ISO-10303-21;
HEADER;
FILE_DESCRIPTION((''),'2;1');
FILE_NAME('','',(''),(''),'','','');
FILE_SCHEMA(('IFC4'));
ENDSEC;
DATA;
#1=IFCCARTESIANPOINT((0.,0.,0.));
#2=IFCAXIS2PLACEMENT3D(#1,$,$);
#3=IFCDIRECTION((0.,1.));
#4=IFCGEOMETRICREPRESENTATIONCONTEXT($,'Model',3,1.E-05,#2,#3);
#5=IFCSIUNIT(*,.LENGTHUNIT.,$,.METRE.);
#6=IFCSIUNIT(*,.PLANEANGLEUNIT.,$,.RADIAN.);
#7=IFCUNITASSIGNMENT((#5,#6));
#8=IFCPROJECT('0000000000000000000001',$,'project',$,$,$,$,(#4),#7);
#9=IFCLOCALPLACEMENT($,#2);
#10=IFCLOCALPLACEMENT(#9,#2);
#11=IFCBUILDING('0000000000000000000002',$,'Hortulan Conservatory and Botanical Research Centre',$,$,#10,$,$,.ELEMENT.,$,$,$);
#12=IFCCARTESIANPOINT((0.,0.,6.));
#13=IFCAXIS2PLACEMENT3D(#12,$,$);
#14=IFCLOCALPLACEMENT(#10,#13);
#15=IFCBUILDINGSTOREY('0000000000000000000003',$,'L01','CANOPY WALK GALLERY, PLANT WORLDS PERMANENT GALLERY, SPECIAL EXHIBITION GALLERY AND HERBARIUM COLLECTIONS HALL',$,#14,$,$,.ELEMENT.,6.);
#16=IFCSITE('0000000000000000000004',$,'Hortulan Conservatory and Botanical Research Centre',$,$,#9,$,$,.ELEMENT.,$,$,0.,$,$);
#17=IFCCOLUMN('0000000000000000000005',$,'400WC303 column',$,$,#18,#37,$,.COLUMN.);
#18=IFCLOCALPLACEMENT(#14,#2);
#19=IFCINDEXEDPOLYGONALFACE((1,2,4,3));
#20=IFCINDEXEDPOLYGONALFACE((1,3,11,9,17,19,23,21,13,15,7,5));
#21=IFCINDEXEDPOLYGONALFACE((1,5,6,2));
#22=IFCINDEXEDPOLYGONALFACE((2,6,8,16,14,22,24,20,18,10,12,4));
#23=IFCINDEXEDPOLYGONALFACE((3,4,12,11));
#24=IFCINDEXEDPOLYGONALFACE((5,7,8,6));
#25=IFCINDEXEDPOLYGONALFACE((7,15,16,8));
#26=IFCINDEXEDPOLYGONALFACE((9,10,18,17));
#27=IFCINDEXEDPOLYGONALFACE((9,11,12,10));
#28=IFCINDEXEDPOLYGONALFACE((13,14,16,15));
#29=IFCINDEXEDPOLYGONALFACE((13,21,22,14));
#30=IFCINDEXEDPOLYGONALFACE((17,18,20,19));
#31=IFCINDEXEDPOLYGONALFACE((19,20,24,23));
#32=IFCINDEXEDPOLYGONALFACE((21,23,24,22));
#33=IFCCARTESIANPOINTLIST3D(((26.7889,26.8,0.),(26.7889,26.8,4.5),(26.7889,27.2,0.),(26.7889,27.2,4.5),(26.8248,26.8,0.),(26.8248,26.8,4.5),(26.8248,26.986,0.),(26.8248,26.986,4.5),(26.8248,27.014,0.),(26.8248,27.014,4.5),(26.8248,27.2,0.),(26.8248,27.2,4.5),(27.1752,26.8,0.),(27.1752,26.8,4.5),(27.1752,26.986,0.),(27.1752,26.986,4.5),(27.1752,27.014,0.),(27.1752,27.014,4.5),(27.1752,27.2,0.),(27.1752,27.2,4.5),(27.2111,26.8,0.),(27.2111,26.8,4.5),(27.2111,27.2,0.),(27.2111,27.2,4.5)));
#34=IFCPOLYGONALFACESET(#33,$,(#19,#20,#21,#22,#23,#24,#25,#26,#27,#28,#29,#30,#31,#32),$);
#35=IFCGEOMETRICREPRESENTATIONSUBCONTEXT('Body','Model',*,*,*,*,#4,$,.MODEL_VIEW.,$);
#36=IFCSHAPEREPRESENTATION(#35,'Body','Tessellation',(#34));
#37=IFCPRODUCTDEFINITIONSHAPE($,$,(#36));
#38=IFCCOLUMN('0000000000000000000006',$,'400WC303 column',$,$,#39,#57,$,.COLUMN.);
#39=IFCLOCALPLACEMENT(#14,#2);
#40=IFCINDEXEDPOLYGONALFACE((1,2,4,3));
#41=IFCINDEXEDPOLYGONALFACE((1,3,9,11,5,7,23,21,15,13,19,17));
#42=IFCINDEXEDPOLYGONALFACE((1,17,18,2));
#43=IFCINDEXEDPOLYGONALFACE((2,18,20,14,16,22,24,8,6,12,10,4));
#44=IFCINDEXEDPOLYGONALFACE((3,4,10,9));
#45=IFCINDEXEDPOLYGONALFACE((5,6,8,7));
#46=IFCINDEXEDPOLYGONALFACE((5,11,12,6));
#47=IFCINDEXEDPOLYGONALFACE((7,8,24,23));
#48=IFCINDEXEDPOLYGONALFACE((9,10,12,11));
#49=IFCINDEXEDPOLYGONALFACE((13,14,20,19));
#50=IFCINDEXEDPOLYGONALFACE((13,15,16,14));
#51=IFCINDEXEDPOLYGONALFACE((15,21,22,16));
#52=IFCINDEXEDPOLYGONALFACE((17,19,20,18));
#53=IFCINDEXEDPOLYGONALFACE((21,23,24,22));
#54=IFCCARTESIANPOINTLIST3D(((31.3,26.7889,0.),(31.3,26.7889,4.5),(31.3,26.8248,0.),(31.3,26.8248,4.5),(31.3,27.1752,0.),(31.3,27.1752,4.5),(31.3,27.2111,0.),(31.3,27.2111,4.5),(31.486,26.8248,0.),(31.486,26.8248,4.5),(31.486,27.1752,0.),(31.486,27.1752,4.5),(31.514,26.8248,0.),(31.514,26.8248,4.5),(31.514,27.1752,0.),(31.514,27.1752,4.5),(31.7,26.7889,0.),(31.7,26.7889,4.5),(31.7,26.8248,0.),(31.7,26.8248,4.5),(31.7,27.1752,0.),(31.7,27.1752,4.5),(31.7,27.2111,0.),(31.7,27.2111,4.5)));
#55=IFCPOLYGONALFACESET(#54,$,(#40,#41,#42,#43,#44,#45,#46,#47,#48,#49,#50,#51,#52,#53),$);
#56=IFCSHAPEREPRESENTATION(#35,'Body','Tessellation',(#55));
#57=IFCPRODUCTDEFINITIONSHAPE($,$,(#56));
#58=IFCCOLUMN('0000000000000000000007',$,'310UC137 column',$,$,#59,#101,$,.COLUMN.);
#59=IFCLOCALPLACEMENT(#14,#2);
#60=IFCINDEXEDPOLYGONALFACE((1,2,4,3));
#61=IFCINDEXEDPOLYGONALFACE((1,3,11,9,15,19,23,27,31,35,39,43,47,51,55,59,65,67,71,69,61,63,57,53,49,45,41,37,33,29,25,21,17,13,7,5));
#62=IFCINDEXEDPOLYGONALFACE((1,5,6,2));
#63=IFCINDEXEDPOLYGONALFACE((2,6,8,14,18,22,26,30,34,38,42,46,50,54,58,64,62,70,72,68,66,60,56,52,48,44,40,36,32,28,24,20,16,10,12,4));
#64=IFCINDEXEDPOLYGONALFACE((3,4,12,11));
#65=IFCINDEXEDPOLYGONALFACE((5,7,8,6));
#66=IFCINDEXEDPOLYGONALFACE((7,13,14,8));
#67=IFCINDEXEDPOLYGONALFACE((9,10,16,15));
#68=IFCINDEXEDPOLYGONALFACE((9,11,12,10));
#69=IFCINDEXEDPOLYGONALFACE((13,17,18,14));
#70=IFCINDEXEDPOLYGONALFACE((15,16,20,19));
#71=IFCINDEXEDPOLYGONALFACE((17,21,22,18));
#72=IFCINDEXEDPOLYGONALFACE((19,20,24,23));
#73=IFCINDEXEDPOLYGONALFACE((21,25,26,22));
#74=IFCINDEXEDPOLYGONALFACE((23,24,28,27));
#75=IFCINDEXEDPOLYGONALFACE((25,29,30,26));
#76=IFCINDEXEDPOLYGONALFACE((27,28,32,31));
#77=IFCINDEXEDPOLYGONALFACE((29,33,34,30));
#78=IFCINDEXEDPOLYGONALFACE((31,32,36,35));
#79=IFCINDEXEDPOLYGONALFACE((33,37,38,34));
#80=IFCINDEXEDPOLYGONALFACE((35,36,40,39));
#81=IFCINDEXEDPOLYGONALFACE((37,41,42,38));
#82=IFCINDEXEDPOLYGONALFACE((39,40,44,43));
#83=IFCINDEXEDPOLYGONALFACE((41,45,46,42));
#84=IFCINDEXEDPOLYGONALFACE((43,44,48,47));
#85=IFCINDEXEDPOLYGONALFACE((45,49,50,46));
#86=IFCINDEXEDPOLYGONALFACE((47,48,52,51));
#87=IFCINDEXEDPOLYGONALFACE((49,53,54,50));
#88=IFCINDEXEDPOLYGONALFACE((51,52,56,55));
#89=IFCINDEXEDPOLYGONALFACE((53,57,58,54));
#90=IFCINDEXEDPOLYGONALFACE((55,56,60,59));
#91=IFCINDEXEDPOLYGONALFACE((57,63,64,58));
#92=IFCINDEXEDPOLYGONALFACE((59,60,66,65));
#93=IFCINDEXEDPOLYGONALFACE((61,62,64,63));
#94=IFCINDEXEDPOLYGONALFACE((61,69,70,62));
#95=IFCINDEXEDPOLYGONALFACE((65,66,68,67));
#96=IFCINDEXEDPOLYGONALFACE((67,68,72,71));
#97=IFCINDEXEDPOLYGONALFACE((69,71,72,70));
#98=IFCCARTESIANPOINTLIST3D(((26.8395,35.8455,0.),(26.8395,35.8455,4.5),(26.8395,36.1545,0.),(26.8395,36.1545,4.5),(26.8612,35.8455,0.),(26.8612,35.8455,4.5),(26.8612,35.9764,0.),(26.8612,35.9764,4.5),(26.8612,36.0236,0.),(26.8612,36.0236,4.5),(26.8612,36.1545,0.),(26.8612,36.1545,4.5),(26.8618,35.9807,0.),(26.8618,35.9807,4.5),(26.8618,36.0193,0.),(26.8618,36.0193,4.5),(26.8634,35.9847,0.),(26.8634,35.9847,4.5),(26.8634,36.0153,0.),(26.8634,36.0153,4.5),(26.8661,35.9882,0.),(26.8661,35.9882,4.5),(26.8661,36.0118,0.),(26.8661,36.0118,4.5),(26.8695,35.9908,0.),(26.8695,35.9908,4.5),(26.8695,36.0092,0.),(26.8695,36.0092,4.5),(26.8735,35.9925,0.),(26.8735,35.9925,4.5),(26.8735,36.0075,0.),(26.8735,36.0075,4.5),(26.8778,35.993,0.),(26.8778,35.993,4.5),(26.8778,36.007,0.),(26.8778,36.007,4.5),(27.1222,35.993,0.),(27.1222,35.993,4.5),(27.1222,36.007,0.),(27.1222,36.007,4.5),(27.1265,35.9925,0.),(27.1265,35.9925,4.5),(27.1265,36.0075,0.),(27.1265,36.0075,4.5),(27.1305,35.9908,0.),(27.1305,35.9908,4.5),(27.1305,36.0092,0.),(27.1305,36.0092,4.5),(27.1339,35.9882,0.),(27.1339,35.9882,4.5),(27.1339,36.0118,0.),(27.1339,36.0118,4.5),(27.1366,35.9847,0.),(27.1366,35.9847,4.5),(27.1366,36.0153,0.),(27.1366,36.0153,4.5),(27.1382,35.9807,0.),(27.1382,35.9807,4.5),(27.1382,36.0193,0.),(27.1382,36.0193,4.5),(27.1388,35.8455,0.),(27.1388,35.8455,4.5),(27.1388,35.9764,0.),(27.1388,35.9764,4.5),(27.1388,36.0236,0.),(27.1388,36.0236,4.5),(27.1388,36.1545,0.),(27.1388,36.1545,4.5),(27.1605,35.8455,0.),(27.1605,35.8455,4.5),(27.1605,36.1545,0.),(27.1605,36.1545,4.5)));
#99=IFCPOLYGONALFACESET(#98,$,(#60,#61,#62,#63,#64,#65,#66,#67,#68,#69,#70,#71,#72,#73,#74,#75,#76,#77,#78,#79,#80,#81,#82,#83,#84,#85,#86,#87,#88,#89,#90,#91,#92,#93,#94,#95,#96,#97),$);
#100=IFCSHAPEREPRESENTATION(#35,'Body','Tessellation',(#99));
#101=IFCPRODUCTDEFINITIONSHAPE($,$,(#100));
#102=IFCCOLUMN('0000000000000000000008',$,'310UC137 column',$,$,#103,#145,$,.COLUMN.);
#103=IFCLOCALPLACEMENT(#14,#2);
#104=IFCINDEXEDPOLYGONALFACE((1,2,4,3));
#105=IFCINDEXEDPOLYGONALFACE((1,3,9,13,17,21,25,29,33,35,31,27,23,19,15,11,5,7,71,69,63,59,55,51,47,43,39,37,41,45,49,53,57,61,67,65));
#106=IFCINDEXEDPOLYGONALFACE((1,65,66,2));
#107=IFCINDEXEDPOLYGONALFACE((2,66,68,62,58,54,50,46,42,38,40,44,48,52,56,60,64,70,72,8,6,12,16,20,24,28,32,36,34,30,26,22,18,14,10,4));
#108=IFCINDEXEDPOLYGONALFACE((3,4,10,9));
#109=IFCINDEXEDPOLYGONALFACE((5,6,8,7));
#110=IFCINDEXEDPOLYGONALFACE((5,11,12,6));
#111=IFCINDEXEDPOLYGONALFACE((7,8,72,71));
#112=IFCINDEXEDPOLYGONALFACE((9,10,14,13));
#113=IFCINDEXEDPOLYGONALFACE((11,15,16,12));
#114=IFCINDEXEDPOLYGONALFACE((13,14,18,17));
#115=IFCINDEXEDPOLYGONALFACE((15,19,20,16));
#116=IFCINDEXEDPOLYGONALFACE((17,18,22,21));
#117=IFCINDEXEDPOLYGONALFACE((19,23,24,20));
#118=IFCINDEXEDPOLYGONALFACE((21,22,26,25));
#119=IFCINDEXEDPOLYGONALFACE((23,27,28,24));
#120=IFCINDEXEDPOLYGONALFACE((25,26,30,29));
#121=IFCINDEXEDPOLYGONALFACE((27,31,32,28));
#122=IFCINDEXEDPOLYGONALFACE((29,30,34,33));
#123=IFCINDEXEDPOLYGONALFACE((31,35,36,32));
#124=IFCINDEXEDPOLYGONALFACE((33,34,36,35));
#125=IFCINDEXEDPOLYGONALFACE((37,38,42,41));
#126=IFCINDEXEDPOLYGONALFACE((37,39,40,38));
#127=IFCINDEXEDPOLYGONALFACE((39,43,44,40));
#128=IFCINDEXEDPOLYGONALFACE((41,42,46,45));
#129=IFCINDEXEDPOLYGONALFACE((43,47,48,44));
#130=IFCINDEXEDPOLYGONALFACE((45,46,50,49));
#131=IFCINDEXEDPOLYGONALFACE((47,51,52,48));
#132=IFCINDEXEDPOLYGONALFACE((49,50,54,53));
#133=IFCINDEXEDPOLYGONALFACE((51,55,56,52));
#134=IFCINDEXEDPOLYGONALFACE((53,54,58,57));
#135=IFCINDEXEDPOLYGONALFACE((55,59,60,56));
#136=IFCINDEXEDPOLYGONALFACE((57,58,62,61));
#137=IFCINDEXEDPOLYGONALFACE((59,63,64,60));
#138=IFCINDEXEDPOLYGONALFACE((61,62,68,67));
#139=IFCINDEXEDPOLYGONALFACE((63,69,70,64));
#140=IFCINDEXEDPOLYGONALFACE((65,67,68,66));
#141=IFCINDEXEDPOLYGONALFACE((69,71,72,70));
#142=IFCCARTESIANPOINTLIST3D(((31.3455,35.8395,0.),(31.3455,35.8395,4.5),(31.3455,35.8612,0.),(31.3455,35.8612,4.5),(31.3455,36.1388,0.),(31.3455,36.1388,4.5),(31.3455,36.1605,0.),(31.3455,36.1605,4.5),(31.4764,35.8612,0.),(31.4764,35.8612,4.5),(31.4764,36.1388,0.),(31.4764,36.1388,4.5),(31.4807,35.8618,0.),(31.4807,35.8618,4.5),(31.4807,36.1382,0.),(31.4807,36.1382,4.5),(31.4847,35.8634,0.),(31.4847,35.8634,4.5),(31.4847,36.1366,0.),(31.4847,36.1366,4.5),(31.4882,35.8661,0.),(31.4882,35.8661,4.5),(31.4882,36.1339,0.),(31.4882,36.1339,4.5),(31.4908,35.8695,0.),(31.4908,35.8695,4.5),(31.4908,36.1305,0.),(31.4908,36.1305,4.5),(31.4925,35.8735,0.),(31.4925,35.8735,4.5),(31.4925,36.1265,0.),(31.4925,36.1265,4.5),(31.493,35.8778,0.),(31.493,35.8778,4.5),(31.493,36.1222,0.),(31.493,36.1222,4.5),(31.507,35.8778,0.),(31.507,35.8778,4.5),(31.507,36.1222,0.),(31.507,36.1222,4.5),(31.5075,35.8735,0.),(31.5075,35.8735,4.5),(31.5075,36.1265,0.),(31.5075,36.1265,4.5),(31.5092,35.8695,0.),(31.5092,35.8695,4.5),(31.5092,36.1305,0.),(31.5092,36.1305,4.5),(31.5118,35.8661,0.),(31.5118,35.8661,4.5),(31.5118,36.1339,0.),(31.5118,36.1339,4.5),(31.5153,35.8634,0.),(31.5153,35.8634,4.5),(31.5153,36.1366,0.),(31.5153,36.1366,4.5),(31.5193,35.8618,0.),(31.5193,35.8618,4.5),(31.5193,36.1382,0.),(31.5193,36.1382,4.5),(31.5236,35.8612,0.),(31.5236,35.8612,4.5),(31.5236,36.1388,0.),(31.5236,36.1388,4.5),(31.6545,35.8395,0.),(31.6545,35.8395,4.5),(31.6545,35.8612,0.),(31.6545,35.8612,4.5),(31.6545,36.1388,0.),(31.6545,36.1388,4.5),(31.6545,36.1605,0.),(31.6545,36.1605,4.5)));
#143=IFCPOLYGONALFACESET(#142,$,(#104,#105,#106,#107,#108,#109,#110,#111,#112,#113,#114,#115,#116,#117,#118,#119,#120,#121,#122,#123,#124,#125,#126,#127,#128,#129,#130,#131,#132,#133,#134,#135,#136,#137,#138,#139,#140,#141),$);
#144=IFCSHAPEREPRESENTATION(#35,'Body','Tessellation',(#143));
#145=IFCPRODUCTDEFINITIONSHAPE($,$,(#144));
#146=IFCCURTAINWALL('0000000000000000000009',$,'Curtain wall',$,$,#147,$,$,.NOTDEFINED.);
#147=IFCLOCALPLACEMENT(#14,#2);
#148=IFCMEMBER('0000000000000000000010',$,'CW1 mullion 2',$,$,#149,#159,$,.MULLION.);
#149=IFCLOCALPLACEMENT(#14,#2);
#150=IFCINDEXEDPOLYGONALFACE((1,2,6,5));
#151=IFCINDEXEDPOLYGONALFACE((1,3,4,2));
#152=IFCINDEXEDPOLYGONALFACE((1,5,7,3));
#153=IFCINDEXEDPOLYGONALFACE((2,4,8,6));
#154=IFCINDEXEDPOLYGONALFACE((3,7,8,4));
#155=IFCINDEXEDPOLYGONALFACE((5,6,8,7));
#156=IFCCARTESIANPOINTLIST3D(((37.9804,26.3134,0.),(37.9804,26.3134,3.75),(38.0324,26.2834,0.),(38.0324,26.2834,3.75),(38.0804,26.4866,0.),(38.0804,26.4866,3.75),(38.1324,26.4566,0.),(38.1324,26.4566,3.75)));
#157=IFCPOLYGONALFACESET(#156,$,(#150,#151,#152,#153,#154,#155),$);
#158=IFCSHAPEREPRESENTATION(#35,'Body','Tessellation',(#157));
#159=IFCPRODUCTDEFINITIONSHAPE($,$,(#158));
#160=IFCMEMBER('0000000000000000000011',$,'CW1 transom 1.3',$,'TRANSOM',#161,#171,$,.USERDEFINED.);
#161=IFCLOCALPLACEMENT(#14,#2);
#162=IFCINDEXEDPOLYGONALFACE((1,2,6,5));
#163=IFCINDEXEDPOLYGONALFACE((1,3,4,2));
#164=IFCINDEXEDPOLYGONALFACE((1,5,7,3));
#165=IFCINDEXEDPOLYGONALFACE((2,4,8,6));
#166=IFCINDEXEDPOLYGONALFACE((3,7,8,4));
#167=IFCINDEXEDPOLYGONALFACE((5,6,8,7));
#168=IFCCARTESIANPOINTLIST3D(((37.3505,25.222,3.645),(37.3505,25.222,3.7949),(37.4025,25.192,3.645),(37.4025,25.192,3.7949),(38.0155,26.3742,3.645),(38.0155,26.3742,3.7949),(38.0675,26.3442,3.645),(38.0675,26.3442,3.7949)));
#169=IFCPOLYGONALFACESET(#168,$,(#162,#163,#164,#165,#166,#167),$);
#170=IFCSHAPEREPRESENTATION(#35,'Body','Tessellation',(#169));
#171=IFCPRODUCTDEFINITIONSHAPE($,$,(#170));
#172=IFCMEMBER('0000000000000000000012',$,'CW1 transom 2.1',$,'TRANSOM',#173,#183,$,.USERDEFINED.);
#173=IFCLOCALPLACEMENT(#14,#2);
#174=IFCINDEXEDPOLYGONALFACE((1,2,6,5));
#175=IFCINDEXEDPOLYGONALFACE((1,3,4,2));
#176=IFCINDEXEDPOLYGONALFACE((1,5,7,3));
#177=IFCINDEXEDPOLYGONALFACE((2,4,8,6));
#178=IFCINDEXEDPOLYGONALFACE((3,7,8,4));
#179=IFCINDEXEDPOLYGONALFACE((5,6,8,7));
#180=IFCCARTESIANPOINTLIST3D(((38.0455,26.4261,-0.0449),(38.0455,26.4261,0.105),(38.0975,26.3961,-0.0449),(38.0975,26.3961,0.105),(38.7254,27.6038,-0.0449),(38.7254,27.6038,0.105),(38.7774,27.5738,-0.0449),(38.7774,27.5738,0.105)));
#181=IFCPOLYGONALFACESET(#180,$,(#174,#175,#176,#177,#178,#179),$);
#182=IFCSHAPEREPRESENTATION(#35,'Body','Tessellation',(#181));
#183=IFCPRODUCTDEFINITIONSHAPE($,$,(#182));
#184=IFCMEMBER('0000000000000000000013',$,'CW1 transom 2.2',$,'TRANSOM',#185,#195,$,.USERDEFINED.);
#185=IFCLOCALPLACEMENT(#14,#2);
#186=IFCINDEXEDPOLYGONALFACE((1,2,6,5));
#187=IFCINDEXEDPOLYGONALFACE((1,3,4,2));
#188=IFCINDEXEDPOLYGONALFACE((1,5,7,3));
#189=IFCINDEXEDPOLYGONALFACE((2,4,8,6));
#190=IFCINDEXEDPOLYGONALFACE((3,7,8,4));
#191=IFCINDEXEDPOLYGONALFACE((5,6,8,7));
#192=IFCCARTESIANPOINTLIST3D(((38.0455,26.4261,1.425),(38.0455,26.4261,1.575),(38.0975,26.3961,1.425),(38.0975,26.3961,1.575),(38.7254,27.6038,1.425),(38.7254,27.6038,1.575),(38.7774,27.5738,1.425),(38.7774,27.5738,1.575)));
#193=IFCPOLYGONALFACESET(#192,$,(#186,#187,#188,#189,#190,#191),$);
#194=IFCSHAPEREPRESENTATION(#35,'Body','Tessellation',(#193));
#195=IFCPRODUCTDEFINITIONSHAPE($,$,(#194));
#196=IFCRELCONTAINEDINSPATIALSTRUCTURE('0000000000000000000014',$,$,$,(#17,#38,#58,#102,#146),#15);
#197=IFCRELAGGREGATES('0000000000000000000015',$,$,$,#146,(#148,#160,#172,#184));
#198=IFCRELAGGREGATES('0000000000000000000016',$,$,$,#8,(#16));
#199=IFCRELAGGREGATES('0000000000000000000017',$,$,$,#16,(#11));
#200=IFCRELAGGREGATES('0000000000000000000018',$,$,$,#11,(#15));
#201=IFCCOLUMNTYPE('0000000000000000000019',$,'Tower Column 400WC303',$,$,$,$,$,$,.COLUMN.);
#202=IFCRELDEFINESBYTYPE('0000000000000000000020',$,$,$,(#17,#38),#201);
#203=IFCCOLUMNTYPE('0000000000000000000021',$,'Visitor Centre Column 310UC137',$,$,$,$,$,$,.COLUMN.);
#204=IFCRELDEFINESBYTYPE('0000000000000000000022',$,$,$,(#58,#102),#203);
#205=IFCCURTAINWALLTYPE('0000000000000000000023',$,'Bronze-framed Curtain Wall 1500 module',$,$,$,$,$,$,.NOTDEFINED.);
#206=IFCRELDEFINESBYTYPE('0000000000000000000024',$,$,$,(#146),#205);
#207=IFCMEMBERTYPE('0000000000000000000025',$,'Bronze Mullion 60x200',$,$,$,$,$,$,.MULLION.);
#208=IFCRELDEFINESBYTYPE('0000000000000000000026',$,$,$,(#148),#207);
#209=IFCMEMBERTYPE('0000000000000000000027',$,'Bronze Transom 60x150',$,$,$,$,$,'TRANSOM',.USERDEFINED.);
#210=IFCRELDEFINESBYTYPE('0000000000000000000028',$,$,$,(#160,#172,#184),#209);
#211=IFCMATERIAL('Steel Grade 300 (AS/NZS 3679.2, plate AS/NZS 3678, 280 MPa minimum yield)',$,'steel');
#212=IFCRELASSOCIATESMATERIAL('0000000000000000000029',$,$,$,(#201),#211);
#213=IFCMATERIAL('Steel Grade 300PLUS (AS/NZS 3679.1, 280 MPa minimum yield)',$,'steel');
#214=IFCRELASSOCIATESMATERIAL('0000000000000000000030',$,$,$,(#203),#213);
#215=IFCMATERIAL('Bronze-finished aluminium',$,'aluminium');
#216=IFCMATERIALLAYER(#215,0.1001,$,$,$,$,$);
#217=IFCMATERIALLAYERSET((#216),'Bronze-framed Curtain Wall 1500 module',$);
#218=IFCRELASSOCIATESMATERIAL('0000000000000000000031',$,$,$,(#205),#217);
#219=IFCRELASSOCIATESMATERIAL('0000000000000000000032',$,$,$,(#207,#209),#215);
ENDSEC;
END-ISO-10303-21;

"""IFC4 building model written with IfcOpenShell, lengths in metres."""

from ifc_helpers import new_model, si_unit, direction, frame, origin, origin_2d, place, context, subcontext, project, spatial, rectangle, i_section, extrude, material, layer, layer_set, material_profile, profile_set, type_object, element, aggregate, save


model = new_model("IFC4")

# Units and contexts
model_context = context("Model", 3, precision=1e-05, world=origin(), true_north=direction((0.0, 1.0)))
body_context = subcontext(model_context, "Body", "Model", "MODEL_VIEW")
ifc_project = project(units=[si_unit("LENGTHUNIT", "METRE"), si_unit("PLANEANGLEUNIT", "RADIAN")], contexts=[model_context])

# Site, building, storey
site_placement = place(None, origin())
site = spatial("IfcSite", under=ifc_project, at=site_placement, Name="Hortulan Conservatory and Botanical Research Centre", CompositionType="ELEMENT", RefElevation=0.0)
building_placement = place(site_placement, origin())
building = spatial("IfcBuilding", under=site, at=building_placement, Name="Hortulan Conservatory and Botanical Research Centre", CompositionType="ELEMENT")
storey_placement = place(building_placement, frame((0.0, 0.0, 6.0)))
storey = spatial("IfcBuildingStorey", under=building, at=storey_placement, Name="L01", Description="CANOPY WALK GALLERY, PLANT WORLDS PERMANENT GALLERY, SPECIAL EXHIBITION GALLERY AND HERBARIUM COLLECTIONS HALL", CompositionType="ELEMENT", Elevation=6.0)

# Columns
ifc_material_1 = material(Name="Steel Grade 300 (AS/NZS 3679.2, plate AS/NZS 3678, 280 MPa minimum yield)", Category="steel")
ifc_material_profile_1 = material_profile(ifc_material_1, i_section(OverallWidth=0.3999, OverallDepth=0.4221, WebThickness=0.0281, FlangeThickness=0.0359, at=origin_2d()), Name="400WC303")
ifc_profile_set_1 = profile_set([ifc_material_profile_1], Name="Steel Grade 300 (AS/NZS 3679.2, plate AS/NZS 3678, 280 MPa minimum yield)")
column_type_1 = type_object("IfcColumnType", Name="Tower Column 400WC303", PredefinedType="COLUMN", material=ifc_profile_set_1)
for number, where, z_axis, x_axis, name in (
    (1, (27.0, 27.0, 0.0), (0.0, 0.0, 1.0), (0.0, 1.0, 0.0), "400WC303 column"),
    (2, (31.5, 27.0, 0.0), (0.0, 0.0, 1.0), (1.0, 0.0, 0.0), "400WC303 column"),
):
    element("IfcColumn", number, at=place(storey_placement, frame(where, z_axis=z_axis, x_axis=x_axis)), inside=storey, type_object=column_type_1, Name=name, PredefinedType="COLUMN", context=body_context, shape_type="SweptSolid", body=[
        extrude(i_section(OverallWidth=0.3999, OverallDepth=0.4221, WebThickness=0.0281, FlangeThickness=0.0359, at=origin_2d()), origin(), (0.0, 0.0, 1.0), 4.5),
    ])
ifc_material_2 = material(Name="Steel Grade 300PLUS (AS/NZS 3679.1, 280 MPa minimum yield)", Category="steel")
ifc_material_profile_2 = material_profile(ifc_material_2, i_section(OverallWidth=0.3091, OverallDepth=0.321, WebThickness=0.0139, FlangeThickness=0.0217, FilletRadius=0.0166, at=origin_2d()), Name="310UC137")
ifc_profile_set_2 = profile_set([ifc_material_profile_2], Name="Steel Grade 300PLUS (AS/NZS 3679.1, 280 MPa minimum yield)")
column_type_2 = type_object("IfcColumnType", Name="Visitor Centre Column 310UC137", PredefinedType="COLUMN", material=ifc_profile_set_2)
for number, where, z_axis, x_axis, name in (
    (3, (27.0, 36.0, 0.0), (0.0, 0.0, 1.0), (0.0, 1.0, 0.0), "310UC137 column"),
    (4, (31.5, 36.0, 0.0), (0.0, 0.0, 1.0), (1.0, 0.0, 0.0), "310UC137 column"),
):
    element("IfcColumn", number, at=place(storey_placement, frame(where, z_axis=z_axis, x_axis=x_axis)), inside=storey, type_object=column_type_2, Name=name, PredefinedType="COLUMN", context=body_context, shape_type="SweptSolid", body=[
        extrude(i_section(OverallWidth=0.3091, OverallDepth=0.321, WebThickness=0.0139, FlangeThickness=0.0217, FilletRadius=0.0166, at=origin_2d()), origin(), (0.0, 0.0, 1.0), 4.5),
    ])

# Curtain wall, members
ifc_material_3 = material(Name="Bronze-finished aluminium", Category="aluminium")
ifc_layer_1 = layer(ifc_material_3, 0.1001)
ifc_layer_set_1 = layer_set([ifc_layer_1], Name="Bronze-framed Curtain Wall 1500 module")
curtain_wall_type = type_object("IfcCurtainWallType", Name="Bronze-framed Curtain Wall 1500 module", PredefinedType="NOTDEFINED", material=ifc_layer_set_1)
curtain_wall_placement = place(storey_placement, origin())
curtain_wall = element("IfcCurtainWall", 5, at=curtain_wall_placement, inside=storey, type_object=curtain_wall_type, Name="Curtain wall", PredefinedType="NOTDEFINED")
ifc_material_profile_3 = material_profile(ifc_material_3, rectangle(XDim=0.0601, YDim=0.2, at=origin_2d()), Name="Bronze Mullion 60x200")
ifc_profile_set_3 = profile_set([ifc_material_profile_3], Name="Bronze-finished aluminium")
member_type_1 = type_object("IfcMemberType", Name="Bronze Mullion 60x200", PredefinedType="MULLION", material=ifc_profile_set_3)
member_1_placement = place(storey_placement, frame((38.0564, 26.385, 0.0), z_axis=(0.0, 0.0, 1.0), x_axis=(-0.866036, 0.499981, 0.0)))
member_1 = element("IfcMember", 6, at=member_1_placement, type_object=member_type_1, Name="CW1 mullion 2", PredefinedType="MULLION", context=body_context, shape_type="SweptSolid", body=[
    extrude(rectangle(XDim=0.0601, YDim=0.2, at=origin_2d()), origin(), (0.0, 0.0, 1.0), 3.75),
])
ifc_material_profile_4 = material_profile(ifc_material_3, rectangle(XDim=0.0601, YDim=0.1499, at=origin_2d()), Name="Bronze Transom 60x150")
ifc_profile_set_4 = profile_set([ifc_material_profile_4], Name="Bronze-finished aluminium")
member_type_2 = type_object("IfcMemberType", Name="Bronze Transom 60x150", ElementType="TRANSOM", PredefinedType="USERDEFINED", material=ifc_profile_set_4)
member_2_placement = place(storey_placement, frame((37.3765, 25.207, 3.72), z_axis=(0.499929, 0.866066, 0.0), x_axis=(-0.866066, 0.499929, 0.0)))
member_2 = element("IfcMember", 7, at=member_2_placement, type_object=member_type_2, Name="CW1 transom 1.3", ObjectType="TRANSOM", PredefinedType="USERDEFINED", context=body_context, shape_type="SweptSolid", body=[
    extrude(rectangle(XDim=0.0601, YDim=0.1499, at=origin_2d()), origin(), (0.0, 0.0, 1.0), 1.3303),
])
member_3_placement = place(storey_placement, frame((38.0715, 26.4111, 0.03), z_axis=(0.499981, 0.866036, 0.0), x_axis=(-0.866036, 0.499981, 0.0)))
member_3 = element("IfcMember", 8, at=member_3_placement, type_object=member_type_2, Name="CW1 transom 2.1", ObjectType="TRANSOM", PredefinedType="USERDEFINED", context=body_context, shape_type="SweptSolid", body=[
    extrude(rectangle(XDim=0.0601, YDim=0.1499, at=origin_2d()), origin(), (0.0, 0.0, 1.0), 1.3599),
])
member_4_placement = place(storey_placement, frame((38.0715, 26.4111, 1.5), z_axis=(0.499981, 0.866036, 0.0), x_axis=(-0.866036, 0.499981, 0.0)))
member_4 = element("IfcMember", 9, at=member_4_placement, type_object=member_type_2, Name="CW1 transom 2.2", ObjectType="TRANSOM", PredefinedType="USERDEFINED", context=body_context, shape_type="SweptSolid", body=[
    extrude(rectangle(XDim=0.0601, YDim=0.1499, at=origin_2d()), origin(), (0.0, 0.0, 1.0), 1.3599),
])

aggregate(curtain_wall, [member_1, member_2, member_3, member_4])

save(model, "model.ifc")
